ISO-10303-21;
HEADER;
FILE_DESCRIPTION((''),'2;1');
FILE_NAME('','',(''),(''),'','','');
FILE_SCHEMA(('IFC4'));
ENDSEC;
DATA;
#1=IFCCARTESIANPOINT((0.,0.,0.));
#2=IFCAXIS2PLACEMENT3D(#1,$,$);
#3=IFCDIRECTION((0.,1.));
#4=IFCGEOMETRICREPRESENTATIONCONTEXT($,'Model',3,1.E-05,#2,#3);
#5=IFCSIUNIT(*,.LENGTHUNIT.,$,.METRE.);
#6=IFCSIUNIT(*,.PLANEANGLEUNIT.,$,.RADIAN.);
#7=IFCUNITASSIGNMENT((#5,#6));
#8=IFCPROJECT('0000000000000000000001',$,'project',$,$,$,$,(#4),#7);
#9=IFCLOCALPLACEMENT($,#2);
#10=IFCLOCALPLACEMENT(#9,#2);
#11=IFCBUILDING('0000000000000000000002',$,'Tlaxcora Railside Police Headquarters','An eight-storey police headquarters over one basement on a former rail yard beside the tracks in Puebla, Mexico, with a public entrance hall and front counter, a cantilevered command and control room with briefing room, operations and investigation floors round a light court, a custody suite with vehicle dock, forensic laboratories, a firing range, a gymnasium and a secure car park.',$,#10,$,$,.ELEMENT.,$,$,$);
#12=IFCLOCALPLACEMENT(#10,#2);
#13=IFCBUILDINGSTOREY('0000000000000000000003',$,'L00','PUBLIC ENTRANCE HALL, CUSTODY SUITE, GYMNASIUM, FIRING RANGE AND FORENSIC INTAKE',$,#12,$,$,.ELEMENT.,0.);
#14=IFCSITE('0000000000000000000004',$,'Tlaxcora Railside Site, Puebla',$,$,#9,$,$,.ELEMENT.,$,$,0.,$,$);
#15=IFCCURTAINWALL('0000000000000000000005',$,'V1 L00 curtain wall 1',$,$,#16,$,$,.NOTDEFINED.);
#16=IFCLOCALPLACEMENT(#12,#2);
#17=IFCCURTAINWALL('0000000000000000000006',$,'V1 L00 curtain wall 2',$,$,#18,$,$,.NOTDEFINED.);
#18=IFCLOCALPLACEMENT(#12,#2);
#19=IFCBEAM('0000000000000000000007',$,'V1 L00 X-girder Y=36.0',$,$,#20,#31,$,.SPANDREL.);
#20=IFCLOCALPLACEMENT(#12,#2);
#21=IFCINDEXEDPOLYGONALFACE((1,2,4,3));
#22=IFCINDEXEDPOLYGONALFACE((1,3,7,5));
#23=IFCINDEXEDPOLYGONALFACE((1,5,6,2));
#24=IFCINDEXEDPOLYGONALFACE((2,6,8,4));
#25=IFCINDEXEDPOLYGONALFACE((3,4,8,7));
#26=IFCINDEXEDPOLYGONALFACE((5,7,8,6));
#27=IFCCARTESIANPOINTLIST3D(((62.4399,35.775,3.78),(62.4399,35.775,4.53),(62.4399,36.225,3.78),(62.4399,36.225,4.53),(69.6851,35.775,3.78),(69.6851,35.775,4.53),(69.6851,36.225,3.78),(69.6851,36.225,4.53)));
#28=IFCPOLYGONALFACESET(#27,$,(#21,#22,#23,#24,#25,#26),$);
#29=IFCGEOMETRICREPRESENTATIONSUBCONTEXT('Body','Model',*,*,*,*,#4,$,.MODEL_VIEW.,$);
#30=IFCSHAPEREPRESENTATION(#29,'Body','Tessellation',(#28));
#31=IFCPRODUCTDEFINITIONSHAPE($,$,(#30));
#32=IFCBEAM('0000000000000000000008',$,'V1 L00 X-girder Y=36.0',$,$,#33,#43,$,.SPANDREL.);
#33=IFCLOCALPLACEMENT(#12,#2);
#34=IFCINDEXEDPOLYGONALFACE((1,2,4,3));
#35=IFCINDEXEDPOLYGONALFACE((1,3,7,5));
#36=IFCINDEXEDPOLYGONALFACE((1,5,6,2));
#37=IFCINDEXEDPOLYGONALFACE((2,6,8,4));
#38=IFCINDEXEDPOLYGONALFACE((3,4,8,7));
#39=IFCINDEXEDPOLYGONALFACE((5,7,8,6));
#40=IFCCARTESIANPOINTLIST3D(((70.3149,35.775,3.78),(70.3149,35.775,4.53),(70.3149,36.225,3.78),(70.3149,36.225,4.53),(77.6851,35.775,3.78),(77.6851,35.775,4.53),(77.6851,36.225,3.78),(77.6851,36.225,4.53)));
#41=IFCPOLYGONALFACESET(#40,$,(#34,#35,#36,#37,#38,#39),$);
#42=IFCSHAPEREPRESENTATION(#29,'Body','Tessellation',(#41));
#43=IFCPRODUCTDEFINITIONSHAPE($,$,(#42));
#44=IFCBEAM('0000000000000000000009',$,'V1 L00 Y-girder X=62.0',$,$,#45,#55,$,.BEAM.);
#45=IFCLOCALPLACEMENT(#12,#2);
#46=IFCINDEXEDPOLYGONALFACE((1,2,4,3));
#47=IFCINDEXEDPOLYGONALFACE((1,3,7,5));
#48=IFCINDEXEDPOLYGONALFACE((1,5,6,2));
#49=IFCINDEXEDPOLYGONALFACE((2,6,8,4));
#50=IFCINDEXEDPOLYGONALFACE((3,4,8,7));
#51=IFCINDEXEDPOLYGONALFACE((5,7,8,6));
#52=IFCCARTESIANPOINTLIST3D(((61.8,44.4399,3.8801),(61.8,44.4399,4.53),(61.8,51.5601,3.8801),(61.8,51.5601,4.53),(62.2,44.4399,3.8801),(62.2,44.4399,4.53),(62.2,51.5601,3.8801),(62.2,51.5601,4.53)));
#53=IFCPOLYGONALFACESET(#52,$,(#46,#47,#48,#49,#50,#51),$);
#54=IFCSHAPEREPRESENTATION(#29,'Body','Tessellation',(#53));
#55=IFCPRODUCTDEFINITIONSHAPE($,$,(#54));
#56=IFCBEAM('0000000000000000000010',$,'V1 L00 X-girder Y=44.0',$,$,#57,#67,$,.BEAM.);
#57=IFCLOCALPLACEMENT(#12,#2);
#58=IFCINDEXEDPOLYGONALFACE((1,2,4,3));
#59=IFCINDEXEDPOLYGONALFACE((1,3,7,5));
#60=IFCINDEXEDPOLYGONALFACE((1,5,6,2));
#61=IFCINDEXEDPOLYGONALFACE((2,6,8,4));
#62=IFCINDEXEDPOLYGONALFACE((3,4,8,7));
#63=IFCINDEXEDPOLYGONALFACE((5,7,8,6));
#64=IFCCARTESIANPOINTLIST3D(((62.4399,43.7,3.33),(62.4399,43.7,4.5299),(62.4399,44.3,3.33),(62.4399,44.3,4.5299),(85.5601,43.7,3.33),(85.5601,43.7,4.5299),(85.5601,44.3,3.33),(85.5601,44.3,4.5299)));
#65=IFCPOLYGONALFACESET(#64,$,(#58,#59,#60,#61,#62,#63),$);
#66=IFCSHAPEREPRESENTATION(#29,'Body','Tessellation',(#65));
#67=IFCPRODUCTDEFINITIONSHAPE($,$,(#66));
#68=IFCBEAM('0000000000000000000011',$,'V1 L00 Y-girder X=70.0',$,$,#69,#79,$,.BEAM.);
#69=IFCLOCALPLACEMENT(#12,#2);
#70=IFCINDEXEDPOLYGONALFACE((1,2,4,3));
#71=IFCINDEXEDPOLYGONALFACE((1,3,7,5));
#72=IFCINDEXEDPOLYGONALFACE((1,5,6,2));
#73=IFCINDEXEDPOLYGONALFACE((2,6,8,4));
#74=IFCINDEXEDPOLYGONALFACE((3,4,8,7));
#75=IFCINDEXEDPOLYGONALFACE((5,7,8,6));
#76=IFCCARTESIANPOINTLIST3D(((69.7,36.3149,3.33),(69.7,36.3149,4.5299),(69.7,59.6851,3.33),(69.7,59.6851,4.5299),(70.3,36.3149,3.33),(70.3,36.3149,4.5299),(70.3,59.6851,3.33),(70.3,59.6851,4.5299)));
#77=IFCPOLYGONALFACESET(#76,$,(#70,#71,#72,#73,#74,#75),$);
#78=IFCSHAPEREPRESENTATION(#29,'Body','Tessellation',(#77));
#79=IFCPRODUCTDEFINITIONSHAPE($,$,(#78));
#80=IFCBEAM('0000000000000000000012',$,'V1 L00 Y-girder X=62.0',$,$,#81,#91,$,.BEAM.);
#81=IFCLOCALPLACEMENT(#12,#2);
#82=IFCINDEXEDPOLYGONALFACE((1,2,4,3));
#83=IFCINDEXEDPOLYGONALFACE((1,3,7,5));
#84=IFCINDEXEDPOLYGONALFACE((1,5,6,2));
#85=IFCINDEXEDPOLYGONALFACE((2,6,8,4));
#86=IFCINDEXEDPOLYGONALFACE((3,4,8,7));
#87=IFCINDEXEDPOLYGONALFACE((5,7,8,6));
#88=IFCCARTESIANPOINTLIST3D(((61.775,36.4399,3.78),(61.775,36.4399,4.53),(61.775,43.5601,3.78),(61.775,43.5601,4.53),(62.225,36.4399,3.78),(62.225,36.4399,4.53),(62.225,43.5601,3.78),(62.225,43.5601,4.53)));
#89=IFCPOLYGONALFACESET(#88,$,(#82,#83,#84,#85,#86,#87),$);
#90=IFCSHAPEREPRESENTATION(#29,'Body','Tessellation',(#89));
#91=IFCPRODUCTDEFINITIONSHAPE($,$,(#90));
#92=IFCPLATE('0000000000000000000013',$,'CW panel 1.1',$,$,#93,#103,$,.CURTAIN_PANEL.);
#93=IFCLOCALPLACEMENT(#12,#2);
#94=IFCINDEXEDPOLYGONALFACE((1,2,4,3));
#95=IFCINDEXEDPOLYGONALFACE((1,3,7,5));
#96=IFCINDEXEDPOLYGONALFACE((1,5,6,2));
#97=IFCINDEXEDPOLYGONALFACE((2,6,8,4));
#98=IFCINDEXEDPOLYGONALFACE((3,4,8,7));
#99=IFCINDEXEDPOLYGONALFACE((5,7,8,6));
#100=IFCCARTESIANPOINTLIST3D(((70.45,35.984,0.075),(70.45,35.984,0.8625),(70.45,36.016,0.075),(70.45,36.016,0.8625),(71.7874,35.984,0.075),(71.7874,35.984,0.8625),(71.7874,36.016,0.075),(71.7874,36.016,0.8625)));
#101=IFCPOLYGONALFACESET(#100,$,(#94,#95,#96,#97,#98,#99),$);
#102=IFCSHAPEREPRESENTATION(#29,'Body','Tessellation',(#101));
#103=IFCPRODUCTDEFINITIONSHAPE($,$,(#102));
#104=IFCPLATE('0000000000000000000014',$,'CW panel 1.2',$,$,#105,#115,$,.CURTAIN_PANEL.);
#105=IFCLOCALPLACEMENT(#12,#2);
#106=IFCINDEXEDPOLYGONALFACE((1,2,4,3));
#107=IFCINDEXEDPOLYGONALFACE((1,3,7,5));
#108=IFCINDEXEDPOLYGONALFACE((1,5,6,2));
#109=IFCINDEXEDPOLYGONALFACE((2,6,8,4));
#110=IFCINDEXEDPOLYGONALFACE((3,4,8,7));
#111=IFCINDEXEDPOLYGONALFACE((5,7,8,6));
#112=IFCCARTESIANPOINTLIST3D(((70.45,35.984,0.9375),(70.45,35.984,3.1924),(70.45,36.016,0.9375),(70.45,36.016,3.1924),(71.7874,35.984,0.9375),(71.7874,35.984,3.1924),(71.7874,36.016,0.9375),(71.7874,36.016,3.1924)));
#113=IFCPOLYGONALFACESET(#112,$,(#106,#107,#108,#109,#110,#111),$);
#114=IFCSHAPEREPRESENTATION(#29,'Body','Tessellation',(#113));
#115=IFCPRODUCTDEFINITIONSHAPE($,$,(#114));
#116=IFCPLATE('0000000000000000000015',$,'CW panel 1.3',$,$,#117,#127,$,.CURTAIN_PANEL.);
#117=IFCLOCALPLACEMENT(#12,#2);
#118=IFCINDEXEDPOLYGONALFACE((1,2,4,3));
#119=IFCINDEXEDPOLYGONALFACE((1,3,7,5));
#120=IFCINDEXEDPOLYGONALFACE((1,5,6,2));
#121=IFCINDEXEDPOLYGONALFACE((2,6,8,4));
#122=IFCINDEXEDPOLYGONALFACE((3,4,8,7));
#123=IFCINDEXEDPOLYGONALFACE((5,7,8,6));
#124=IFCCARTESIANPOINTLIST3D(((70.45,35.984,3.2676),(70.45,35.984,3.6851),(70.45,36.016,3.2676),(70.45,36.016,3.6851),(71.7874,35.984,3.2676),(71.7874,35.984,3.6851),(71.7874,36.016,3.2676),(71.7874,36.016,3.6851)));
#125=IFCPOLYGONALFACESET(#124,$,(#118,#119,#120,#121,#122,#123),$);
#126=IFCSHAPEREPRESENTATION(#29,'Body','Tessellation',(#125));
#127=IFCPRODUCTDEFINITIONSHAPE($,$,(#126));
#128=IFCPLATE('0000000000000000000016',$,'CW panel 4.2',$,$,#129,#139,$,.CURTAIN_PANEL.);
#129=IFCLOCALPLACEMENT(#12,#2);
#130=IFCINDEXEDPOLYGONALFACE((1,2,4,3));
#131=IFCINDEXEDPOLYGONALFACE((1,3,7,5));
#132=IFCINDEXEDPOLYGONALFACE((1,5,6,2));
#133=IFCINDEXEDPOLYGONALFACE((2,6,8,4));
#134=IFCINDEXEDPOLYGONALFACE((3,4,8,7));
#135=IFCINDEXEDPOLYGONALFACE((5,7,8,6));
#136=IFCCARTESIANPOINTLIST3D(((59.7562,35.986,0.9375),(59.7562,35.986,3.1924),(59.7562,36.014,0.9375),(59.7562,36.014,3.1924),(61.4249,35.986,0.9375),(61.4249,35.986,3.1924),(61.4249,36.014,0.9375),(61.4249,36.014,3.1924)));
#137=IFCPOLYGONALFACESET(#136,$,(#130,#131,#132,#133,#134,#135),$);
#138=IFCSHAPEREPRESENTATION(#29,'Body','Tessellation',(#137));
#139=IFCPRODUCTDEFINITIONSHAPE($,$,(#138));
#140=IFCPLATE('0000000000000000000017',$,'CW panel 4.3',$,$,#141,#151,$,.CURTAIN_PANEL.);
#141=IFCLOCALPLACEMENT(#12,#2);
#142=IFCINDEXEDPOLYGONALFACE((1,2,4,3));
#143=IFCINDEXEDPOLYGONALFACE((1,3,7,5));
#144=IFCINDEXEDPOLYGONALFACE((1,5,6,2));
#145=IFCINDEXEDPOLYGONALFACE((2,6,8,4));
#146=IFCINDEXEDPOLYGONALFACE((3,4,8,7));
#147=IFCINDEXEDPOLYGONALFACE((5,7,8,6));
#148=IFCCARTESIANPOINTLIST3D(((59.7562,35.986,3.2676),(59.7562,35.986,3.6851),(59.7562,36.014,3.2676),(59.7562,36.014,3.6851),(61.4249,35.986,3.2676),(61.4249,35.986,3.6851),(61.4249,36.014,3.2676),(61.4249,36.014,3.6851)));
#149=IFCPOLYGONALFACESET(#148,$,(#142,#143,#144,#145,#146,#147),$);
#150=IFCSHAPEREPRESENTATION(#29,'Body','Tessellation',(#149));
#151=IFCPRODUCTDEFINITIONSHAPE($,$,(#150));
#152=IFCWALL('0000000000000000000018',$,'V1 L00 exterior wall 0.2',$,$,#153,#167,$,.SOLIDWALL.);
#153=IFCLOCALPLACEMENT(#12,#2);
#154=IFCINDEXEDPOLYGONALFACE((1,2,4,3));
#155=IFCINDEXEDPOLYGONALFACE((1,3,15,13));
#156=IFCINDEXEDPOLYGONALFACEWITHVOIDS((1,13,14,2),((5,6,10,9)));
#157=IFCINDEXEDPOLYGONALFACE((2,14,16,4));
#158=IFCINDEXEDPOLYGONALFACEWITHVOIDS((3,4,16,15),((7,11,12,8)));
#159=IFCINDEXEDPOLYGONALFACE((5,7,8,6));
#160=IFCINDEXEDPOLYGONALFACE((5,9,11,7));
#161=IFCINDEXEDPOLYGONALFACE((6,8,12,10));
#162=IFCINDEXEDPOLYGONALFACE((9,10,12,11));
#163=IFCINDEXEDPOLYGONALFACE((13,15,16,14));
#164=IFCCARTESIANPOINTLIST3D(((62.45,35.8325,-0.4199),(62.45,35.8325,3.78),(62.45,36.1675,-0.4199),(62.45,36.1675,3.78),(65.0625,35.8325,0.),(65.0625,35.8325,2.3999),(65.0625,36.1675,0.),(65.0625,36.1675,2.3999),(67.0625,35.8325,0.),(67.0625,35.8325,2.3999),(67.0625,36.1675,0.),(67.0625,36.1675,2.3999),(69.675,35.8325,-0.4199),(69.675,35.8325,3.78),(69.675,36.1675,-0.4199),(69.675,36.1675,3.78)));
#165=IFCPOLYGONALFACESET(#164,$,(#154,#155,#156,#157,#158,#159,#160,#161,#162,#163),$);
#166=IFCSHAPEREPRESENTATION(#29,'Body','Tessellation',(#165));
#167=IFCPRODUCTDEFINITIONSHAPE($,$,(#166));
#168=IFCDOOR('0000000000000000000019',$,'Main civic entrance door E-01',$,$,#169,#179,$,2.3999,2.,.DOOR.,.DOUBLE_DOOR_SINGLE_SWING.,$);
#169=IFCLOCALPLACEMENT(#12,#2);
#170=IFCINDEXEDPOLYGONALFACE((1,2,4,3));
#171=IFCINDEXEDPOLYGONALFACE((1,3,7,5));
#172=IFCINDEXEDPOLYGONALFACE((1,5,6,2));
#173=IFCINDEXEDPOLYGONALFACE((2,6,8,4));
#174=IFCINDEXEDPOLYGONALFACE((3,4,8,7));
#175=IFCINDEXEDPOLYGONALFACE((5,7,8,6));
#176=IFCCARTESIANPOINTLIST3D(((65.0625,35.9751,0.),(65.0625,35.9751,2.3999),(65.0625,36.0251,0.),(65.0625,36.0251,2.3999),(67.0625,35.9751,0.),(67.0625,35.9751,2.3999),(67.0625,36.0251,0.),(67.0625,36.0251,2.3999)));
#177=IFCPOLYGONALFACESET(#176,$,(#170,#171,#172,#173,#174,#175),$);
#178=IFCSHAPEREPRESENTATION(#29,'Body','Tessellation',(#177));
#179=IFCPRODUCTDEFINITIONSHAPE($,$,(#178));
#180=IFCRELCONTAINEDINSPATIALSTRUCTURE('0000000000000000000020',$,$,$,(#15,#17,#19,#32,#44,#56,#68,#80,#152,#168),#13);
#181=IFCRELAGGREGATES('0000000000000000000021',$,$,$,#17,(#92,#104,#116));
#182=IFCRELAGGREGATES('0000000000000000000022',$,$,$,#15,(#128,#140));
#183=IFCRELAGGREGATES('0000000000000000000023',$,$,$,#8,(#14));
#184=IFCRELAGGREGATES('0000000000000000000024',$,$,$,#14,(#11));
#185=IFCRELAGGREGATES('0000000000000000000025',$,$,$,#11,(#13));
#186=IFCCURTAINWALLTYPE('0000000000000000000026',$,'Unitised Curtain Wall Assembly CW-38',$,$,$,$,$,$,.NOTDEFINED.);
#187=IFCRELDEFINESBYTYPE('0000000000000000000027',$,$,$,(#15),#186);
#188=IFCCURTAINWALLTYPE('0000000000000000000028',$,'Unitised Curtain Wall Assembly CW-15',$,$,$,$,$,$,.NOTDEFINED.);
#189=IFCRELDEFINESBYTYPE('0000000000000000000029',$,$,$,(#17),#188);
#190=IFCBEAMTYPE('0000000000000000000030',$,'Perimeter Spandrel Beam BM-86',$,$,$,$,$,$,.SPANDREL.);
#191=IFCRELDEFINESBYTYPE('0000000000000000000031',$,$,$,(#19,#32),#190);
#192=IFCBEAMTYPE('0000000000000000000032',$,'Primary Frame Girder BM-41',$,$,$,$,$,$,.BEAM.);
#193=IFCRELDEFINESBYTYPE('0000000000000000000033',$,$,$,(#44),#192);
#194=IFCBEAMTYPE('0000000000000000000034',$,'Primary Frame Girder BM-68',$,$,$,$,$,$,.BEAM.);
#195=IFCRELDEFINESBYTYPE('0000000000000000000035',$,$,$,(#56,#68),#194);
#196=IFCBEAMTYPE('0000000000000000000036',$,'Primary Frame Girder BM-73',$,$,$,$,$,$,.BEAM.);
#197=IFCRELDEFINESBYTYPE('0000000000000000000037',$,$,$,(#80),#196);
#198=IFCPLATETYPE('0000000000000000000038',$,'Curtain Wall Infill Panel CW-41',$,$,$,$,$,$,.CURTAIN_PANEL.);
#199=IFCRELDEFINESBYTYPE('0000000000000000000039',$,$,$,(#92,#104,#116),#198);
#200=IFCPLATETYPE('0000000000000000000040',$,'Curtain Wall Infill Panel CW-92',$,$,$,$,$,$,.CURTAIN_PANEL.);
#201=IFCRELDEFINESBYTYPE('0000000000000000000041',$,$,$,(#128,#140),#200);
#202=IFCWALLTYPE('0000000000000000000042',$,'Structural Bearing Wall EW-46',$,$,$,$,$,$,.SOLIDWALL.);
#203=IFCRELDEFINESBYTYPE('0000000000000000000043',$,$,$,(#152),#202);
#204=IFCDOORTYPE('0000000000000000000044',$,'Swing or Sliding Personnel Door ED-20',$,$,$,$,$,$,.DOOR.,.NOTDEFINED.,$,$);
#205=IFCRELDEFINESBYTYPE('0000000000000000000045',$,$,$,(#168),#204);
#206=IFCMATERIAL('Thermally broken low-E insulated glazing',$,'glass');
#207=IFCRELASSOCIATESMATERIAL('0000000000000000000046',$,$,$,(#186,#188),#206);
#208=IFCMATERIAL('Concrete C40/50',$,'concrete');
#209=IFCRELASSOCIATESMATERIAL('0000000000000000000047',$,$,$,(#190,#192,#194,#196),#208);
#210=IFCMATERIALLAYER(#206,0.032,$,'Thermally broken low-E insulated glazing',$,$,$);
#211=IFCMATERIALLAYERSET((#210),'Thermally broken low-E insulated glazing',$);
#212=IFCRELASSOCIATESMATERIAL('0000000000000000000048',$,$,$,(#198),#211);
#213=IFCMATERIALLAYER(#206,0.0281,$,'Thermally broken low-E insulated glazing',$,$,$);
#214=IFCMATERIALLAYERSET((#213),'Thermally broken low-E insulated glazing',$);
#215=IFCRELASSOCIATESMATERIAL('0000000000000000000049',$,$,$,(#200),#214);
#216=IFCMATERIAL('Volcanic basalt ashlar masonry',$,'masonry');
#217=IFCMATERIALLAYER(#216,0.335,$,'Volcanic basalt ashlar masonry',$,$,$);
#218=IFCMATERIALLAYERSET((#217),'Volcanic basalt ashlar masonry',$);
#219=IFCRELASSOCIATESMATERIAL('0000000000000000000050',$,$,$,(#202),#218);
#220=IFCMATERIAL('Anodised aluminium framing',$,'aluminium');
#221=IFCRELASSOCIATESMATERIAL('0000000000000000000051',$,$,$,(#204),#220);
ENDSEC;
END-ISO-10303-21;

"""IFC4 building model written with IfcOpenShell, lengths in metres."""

from ifc_helpers import new_model, si_unit, direction, frame, frame_2d, origin, origin_2d, place, context, subcontext, project, spatial, rectangle, extrude, material, layer, layer_set, material_profile, profile_set, type_object, element, fill, aggregate, save


model = new_model("IFC4")

# Units and contexts
model_context = context("Model", 3, precision=1e-05, world=origin(), true_north=direction((0.0, 1.0)))
body_context = subcontext(model_context, "Body", "Model", "MODEL_VIEW")
ifc_project = project(units=[si_unit("LENGTHUNIT", "METRE"), si_unit("PLANEANGLEUNIT", "RADIAN")], contexts=[model_context])

# Site, building, storey
site_placement = place(None, origin())
site = spatial("IfcSite", under=ifc_project, at=site_placement, Name="Tlaxcora Railside Site, Puebla", CompositionType="ELEMENT", RefElevation=0.0)
building_placement = place(site_placement, origin())
building = spatial("IfcBuilding", under=site, at=building_placement, Name="Tlaxcora Railside Police Headquarters", Description="An eight-storey police headquarters over one basement on a former rail yard beside the tracks in Puebla, Mexico, with a public entrance hall and front counter, a cantilevered command and control room with briefing room, operations and investigation floors round a light court, a custody suite with vehicle dock, forensic laboratories, a firing range, a gymnasium and a secure car park.", CompositionType="ELEMENT")
storey_placement = place(building_placement, origin())
storey = spatial("IfcBuildingStorey", under=building, at=storey_placement, Name="L00", Description="PUBLIC ENTRANCE HALL, CUSTODY SUITE, GYMNASIUM, FIRING RANGE AND FORENSIC INTAKE", CompositionType="ELEMENT", Elevation=0.0)

# Shared definitions
ifc_material_1 = material(Name="Concrete C40/50", Category="concrete")

# Curtain wall
ifc_material_2 = material(Name="Thermally broken low-E insulated glazing", Category="glass")
curtain_wall_type_1 = type_object("IfcCurtainWallType", Name="Unitised Curtain Wall Assembly CW-38", PredefinedType="NOTDEFINED", material=ifc_material_2)
curtain_wall_1_placement = place(storey_placement, origin())
curtain_wall_1 = element("IfcCurtainWall", 1, at=curtain_wall_1_placement, inside=storey, type_object=curtain_wall_type_1, Name="V1 L00 curtain wall 1", PredefinedType="NOTDEFINED")
ifc_material_3 = material(Name="Anodised aluminium framing", Category="aluminium")

# Curtain wall
curtain_wall_type_2 = type_object("IfcCurtainWallType", Name="Unitised Curtain Wall Assembly CW-15", PredefinedType="NOTDEFINED", material=ifc_material_2)
curtain_wall_2_placement = place(storey_placement, origin())
curtain_wall_2 = element("IfcCurtainWall", 2, at=curtain_wall_2_placement, inside=storey, type_object=curtain_wall_type_2, Name="V1 L00 curtain wall 2", PredefinedType="NOTDEFINED")

# Beams
ifc_material_profile_1 = material_profile(ifc_material_1, rectangle(XDim=0.45, YDim=0.75, at=origin_2d()), Name="RC450X750")
ifc_profile_set_1 = profile_set([ifc_material_profile_1], Name="Concrete C40/50")
beam_type_1 = type_object("IfcBeamType", Name="Perimeter Spandrel Beam BM-86", PredefinedType="SPANDREL", material=ifc_profile_set_1)
beam_1_placement = place(storey_placement, frame((62.4399, 36.0, 4.155), z_axis=(1.0, 0.0, 0.0), x_axis=(0.0, 1.0, 0.0)))
element("IfcBeam", 3, at=beam_1_placement, inside=storey, type_object=beam_type_1, Name="V1 L00 X-girder Y=36.0", PredefinedType="SPANDREL", context=body_context, shape_type="SweptSolid", body=[
    extrude(rectangle(XDim=0.45, YDim=0.75, at=origin_2d()), origin(), (0.0, 0.0, 1.0), 7.2451),
])
beam_2_placement = place(storey_placement, frame((70.3149, 36.0, 4.155), z_axis=(1.0, 0.0, 0.0), x_axis=(0.0, 1.0, 0.0)))
element("IfcBeam", 4, at=beam_2_placement, inside=storey, type_object=beam_type_1, Name="V1 L00 X-girder Y=36.0", PredefinedType="SPANDREL", context=body_context, shape_type="SweptSolid", body=[
    extrude(rectangle(XDim=0.45, YDim=0.75, at=origin_2d()), origin(), (0.0, 0.0, 1.0), 7.3701),
])
ifc_material_profile_2 = material_profile(ifc_material_1, rectangle(XDim=0.3999, YDim=0.6499, at=origin_2d()), Name="RC400X650")
ifc_profile_set_2 = profile_set([ifc_material_profile_2], Name="Concrete C40/50")
beam_type_2 = type_object("IfcBeamType", Name="Primary Frame Girder BM-41", PredefinedType="BEAM", material=ifc_profile_set_2)
beam_3_placement = place(storey_placement, frame((62.0, 44.4399, 4.2051), z_axis=(0.0, 1.0, 0.0), x_axis=(-1.0, 0.0, 0.0)))
element("IfcBeam", 5, at=beam_3_placement, inside=storey, type_object=beam_type_2, Name="V1 L00 Y-girder X=62.0", PredefinedType="BEAM", context=body_context, shape_type="SweptSolid", body=[
    extrude(rectangle(XDim=0.3999, YDim=0.6499, at=origin_2d()), origin(), (0.0, 0.0, 1.0), 7.1201),
])
ifc_material_profile_3 = material_profile(ifc_material_1, rectangle(XDim=0.6001, YDim=1.2, at=origin_2d()), Name="RC600X1200")
ifc_profile_set_3 = profile_set([ifc_material_profile_3], Name="Concrete C40/50")
beam_type_3 = type_object("IfcBeamType", Name="Primary Frame Girder BM-68", PredefinedType="BEAM", material=ifc_profile_set_3)
beam_4_placement = place(storey_placement, frame((62.4399, 44.0, 3.9299), z_axis=(1.0, 0.0, 0.0), x_axis=(0.0, 1.0, 0.0)))
element("IfcBeam", 6, at=beam_4_placement, inside=storey, type_object=beam_type_3, Name="V1 L00 X-girder Y=44.0", PredefinedType="BEAM", context=body_context, shape_type="SweptSolid", body=[
    extrude(rectangle(XDim=0.6001, YDim=1.2, at=origin_2d()), origin(), (0.0, 0.0, 1.0), 23.1201),
])
beam_5_placement = place(storey_placement, frame((70.0, 36.3149, 3.9299), z_axis=(0.0, 1.0, 0.0), x_axis=(-1.0, 0.0, 0.0)))
element("IfcBeam", 7, at=beam_5_placement, inside=storey, type_object=beam_type_3, Name="V1 L00 Y-girder X=70.0", PredefinedType="BEAM", context=body_context, shape_type="SweptSolid", body=[
    extrude(rectangle(XDim=0.6001, YDim=1.2, at=origin_2d()), origin(), (0.0, 0.0, 1.0), 23.3701),
])
ifc_material_profile_4 = material_profile(ifc_material_1, rectangle(XDim=0.45, YDim=0.75, at=origin_2d()), Name="RC450X750")
ifc_profile_set_4 = profile_set([ifc_material_profile_4], Name="Concrete C40/50")
beam_type_4 = type_object("IfcBeamType", Name="Primary Frame Girder BM-73", PredefinedType="BEAM", material=ifc_profile_set_4)
beam_6_placement = place(storey_placement, frame((62.0, 36.4399, 4.155), z_axis=(0.0, 1.0, 0.0), x_axis=(-1.0, 0.0, 0.0)))
element("IfcBeam", 8, at=beam_6_placement, inside=storey, type_object=beam_type_4, Name="V1 L00 Y-girder X=62.0", PredefinedType="BEAM", context=body_context, shape_type="SweptSolid", body=[
    extrude(rectangle(XDim=0.45, YDim=0.75, at=origin_2d()), origin(), (0.0, 0.0, 1.0), 7.1201),
])

# Plates
ifc_layer_1 = layer(ifc_material_2, 0.032, Name="Thermally broken low-E insulated glazing")
ifc_layer_set_1 = layer_set([ifc_layer_1], Name="Thermally broken low-E insulated glazing")
plate_type_1 = type_object("IfcPlateType", Name="Curtain Wall Infill Panel CW-41", PredefinedType="CURTAIN_PANEL", material=ifc_layer_set_1)
plate_1_placement = place(storey_placement, frame((71.1187, 36.0, 0.075), z_axis=(0.0, 0.0, 1.0), x_axis=(1.0, 0.0, 0.0)))
plate_1 = element("IfcPlate", 9, at=plate_1_placement, type_object=plate_type_1, Name="CW panel 1.1", PredefinedType="CURTAIN_PANEL", context=body_context, shape_type="SweptSolid", body=[
    extrude(rectangle(XDim=1.3374, YDim=0.032, at=origin_2d()), origin(), (0.0, 0.0, 1.0), 0.7876),
])
plate_2_placement = place(storey_placement, frame((71.1187, 36.0, 0.9375), z_axis=(0.0, 0.0, 1.0), x_axis=(1.0, 0.0, 0.0)))
plate_2 = element("IfcPlate", 10, at=plate_2_placement, type_object=plate_type_1, Name="CW panel 1.2", PredefinedType="CURTAIN_PANEL", context=body_context, shape_type="SweptSolid", body=[
    extrude(rectangle(XDim=1.3374, YDim=0.032, at=origin_2d()), origin(), (0.0, 0.0, 1.0), 2.2549),
])
plate_3_placement = place(storey_placement, frame((71.1187, 36.0, 3.2676), z_axis=(0.0, 0.0, 1.0), x_axis=(1.0, 0.0, 0.0)))
plate_3 = element("IfcPlate", 11, at=plate_3_placement, type_object=plate_type_1, Name="CW panel 1.3", PredefinedType="CURTAIN_PANEL", context=body_context, shape_type="SweptSolid", body=[
    extrude(rectangle(XDim=1.3374, YDim=0.032, at=origin_2d()), origin(), (0.0, 0.0, 1.0), 0.4175),
])
aggregate(curtain_wall_2, [plate_1, plate_2, plate_3])
ifc_layer_2 = layer(ifc_material_2, 0.0281, Name="Thermally broken low-E insulated glazing")
ifc_layer_set_2 = layer_set([ifc_layer_2], Name="Thermally broken low-E insulated glazing")
plate_type_2 = type_object("IfcPlateType", Name="Curtain Wall Infill Panel CW-92", PredefinedType="CURTAIN_PANEL", material=ifc_layer_set_2)
plate_4_placement = place(storey_placement, frame((60.5906, 36.0, 0.9375), z_axis=(0.0, 0.0, 1.0), x_axis=(1.0, 0.0, 0.0)))
plate_4 = element("IfcPlate", 12, at=plate_4_placement, type_object=plate_type_2, Name="CW panel 4.2", PredefinedType="CURTAIN_PANEL", context=body_context, shape_type="SweptSolid", body=[
    extrude(rectangle(XDim=1.6687, YDim=0.0281, at=origin_2d()), origin(), (0.0, 0.0, 1.0), 2.2549),
])
plate_5_placement = place(storey_placement, frame((60.5906, 36.0, 3.2676), z_axis=(0.0, 0.0, 1.0), x_axis=(1.0, 0.0, 0.0)))
plate_5 = element("IfcPlate", 13, at=plate_5_placement, type_object=plate_type_2, Name="CW panel 4.3", PredefinedType="CURTAIN_PANEL", context=body_context, shape_type="SweptSolid", body=[
    extrude(rectangle(XDim=1.6687, YDim=0.0281, at=origin_2d()), origin(), (0.0, 0.0, 1.0), 0.4175),
])
aggregate(curtain_wall_1, [plate_4, plate_5])

# Wall, opening, door
ifc_material_4 = material(Name="Volcanic basalt ashlar masonry", Category="masonry")
ifc_layer_3 = layer(ifc_material_4, 0.335, Name="Volcanic basalt ashlar masonry")
ifc_layer_set_3 = layer_set([ifc_layer_3], Name="Volcanic basalt ashlar masonry")
wall_type = type_object("IfcWallType", Name="Structural Bearing Wall EW-46", PredefinedType="SOLIDWALL", material=ifc_layer_set_3)
wall_placement = place(storey_placement, frame((62.45, 36.0, -0.4199), z_axis=(0.0, 0.0, 1.0), x_axis=(1.0, 0.0, 0.0)))
wall = element("IfcWall", 14, at=wall_placement, inside=storey, type_object=wall_type, Name="V1 L00 exterior wall 0.2", PredefinedType="SOLIDWALL", context=body_context, shape_type="SweptSolid", body=[
    extrude(rectangle(XDim=7.2251, YDim=0.335, at=frame_2d((3.6125, 0.0))), origin(), (0.0, 0.0, 1.0), 4.2),
])
opening_placement = place(wall_placement, frame((2.6125, 0.0, 0.4199)))
opening = element("IfcOpeningElement", 15, at=opening_placement, cuts=wall, PredefinedType="OPENING", context=body_context, shape_type="SweptSolid", body=[
    extrude(rectangle(XDim=2.0, YDim=2.3999, at=frame_2d((1.0, 1.2))), frame((0.0, 0.1775, 0.0), z_axis=(0.0, -1.0, 0.0), x_axis=(1.0, 0.0, 0.0)), (0.0, 0.0, 1.0), 0.355),
])
door_type = type_object("IfcDoorType", Name="Swing or Sliding Personnel Door ED-20", OperationType="NOTDEFINED", PredefinedType="DOOR", material=ifc_material_3)
door_placement = place(opening_placement, frame((2.0, 0.0, 0.0), z_axis=(0.0, 0.0, 1.0), x_axis=(-1.0, 0.0, 0.0)))
door = element("IfcDoor", 16, at=door_placement, inside=storey, type_object=door_type, Name="Main civic entrance door E-01", OperationType="DOUBLE_DOOR_SINGLE_SWING", OverallHeight=2.3999, OverallWidth=2.0, PredefinedType="DOOR", context=body_context, shape_type="SweptSolid", body=[
    extrude(rectangle(XDim=2.0, YDim=2.3999, at=frame_2d((1.0, 1.2))), frame((0.0, 0.0249, 0.0), z_axis=(0.0, -1.0, 0.0), x_axis=(1.0, 0.0, 0.0)), (0.0, 0.0, 1.0), 0.05),
])
fill(opening, door)

save(model, "model.ifc")
